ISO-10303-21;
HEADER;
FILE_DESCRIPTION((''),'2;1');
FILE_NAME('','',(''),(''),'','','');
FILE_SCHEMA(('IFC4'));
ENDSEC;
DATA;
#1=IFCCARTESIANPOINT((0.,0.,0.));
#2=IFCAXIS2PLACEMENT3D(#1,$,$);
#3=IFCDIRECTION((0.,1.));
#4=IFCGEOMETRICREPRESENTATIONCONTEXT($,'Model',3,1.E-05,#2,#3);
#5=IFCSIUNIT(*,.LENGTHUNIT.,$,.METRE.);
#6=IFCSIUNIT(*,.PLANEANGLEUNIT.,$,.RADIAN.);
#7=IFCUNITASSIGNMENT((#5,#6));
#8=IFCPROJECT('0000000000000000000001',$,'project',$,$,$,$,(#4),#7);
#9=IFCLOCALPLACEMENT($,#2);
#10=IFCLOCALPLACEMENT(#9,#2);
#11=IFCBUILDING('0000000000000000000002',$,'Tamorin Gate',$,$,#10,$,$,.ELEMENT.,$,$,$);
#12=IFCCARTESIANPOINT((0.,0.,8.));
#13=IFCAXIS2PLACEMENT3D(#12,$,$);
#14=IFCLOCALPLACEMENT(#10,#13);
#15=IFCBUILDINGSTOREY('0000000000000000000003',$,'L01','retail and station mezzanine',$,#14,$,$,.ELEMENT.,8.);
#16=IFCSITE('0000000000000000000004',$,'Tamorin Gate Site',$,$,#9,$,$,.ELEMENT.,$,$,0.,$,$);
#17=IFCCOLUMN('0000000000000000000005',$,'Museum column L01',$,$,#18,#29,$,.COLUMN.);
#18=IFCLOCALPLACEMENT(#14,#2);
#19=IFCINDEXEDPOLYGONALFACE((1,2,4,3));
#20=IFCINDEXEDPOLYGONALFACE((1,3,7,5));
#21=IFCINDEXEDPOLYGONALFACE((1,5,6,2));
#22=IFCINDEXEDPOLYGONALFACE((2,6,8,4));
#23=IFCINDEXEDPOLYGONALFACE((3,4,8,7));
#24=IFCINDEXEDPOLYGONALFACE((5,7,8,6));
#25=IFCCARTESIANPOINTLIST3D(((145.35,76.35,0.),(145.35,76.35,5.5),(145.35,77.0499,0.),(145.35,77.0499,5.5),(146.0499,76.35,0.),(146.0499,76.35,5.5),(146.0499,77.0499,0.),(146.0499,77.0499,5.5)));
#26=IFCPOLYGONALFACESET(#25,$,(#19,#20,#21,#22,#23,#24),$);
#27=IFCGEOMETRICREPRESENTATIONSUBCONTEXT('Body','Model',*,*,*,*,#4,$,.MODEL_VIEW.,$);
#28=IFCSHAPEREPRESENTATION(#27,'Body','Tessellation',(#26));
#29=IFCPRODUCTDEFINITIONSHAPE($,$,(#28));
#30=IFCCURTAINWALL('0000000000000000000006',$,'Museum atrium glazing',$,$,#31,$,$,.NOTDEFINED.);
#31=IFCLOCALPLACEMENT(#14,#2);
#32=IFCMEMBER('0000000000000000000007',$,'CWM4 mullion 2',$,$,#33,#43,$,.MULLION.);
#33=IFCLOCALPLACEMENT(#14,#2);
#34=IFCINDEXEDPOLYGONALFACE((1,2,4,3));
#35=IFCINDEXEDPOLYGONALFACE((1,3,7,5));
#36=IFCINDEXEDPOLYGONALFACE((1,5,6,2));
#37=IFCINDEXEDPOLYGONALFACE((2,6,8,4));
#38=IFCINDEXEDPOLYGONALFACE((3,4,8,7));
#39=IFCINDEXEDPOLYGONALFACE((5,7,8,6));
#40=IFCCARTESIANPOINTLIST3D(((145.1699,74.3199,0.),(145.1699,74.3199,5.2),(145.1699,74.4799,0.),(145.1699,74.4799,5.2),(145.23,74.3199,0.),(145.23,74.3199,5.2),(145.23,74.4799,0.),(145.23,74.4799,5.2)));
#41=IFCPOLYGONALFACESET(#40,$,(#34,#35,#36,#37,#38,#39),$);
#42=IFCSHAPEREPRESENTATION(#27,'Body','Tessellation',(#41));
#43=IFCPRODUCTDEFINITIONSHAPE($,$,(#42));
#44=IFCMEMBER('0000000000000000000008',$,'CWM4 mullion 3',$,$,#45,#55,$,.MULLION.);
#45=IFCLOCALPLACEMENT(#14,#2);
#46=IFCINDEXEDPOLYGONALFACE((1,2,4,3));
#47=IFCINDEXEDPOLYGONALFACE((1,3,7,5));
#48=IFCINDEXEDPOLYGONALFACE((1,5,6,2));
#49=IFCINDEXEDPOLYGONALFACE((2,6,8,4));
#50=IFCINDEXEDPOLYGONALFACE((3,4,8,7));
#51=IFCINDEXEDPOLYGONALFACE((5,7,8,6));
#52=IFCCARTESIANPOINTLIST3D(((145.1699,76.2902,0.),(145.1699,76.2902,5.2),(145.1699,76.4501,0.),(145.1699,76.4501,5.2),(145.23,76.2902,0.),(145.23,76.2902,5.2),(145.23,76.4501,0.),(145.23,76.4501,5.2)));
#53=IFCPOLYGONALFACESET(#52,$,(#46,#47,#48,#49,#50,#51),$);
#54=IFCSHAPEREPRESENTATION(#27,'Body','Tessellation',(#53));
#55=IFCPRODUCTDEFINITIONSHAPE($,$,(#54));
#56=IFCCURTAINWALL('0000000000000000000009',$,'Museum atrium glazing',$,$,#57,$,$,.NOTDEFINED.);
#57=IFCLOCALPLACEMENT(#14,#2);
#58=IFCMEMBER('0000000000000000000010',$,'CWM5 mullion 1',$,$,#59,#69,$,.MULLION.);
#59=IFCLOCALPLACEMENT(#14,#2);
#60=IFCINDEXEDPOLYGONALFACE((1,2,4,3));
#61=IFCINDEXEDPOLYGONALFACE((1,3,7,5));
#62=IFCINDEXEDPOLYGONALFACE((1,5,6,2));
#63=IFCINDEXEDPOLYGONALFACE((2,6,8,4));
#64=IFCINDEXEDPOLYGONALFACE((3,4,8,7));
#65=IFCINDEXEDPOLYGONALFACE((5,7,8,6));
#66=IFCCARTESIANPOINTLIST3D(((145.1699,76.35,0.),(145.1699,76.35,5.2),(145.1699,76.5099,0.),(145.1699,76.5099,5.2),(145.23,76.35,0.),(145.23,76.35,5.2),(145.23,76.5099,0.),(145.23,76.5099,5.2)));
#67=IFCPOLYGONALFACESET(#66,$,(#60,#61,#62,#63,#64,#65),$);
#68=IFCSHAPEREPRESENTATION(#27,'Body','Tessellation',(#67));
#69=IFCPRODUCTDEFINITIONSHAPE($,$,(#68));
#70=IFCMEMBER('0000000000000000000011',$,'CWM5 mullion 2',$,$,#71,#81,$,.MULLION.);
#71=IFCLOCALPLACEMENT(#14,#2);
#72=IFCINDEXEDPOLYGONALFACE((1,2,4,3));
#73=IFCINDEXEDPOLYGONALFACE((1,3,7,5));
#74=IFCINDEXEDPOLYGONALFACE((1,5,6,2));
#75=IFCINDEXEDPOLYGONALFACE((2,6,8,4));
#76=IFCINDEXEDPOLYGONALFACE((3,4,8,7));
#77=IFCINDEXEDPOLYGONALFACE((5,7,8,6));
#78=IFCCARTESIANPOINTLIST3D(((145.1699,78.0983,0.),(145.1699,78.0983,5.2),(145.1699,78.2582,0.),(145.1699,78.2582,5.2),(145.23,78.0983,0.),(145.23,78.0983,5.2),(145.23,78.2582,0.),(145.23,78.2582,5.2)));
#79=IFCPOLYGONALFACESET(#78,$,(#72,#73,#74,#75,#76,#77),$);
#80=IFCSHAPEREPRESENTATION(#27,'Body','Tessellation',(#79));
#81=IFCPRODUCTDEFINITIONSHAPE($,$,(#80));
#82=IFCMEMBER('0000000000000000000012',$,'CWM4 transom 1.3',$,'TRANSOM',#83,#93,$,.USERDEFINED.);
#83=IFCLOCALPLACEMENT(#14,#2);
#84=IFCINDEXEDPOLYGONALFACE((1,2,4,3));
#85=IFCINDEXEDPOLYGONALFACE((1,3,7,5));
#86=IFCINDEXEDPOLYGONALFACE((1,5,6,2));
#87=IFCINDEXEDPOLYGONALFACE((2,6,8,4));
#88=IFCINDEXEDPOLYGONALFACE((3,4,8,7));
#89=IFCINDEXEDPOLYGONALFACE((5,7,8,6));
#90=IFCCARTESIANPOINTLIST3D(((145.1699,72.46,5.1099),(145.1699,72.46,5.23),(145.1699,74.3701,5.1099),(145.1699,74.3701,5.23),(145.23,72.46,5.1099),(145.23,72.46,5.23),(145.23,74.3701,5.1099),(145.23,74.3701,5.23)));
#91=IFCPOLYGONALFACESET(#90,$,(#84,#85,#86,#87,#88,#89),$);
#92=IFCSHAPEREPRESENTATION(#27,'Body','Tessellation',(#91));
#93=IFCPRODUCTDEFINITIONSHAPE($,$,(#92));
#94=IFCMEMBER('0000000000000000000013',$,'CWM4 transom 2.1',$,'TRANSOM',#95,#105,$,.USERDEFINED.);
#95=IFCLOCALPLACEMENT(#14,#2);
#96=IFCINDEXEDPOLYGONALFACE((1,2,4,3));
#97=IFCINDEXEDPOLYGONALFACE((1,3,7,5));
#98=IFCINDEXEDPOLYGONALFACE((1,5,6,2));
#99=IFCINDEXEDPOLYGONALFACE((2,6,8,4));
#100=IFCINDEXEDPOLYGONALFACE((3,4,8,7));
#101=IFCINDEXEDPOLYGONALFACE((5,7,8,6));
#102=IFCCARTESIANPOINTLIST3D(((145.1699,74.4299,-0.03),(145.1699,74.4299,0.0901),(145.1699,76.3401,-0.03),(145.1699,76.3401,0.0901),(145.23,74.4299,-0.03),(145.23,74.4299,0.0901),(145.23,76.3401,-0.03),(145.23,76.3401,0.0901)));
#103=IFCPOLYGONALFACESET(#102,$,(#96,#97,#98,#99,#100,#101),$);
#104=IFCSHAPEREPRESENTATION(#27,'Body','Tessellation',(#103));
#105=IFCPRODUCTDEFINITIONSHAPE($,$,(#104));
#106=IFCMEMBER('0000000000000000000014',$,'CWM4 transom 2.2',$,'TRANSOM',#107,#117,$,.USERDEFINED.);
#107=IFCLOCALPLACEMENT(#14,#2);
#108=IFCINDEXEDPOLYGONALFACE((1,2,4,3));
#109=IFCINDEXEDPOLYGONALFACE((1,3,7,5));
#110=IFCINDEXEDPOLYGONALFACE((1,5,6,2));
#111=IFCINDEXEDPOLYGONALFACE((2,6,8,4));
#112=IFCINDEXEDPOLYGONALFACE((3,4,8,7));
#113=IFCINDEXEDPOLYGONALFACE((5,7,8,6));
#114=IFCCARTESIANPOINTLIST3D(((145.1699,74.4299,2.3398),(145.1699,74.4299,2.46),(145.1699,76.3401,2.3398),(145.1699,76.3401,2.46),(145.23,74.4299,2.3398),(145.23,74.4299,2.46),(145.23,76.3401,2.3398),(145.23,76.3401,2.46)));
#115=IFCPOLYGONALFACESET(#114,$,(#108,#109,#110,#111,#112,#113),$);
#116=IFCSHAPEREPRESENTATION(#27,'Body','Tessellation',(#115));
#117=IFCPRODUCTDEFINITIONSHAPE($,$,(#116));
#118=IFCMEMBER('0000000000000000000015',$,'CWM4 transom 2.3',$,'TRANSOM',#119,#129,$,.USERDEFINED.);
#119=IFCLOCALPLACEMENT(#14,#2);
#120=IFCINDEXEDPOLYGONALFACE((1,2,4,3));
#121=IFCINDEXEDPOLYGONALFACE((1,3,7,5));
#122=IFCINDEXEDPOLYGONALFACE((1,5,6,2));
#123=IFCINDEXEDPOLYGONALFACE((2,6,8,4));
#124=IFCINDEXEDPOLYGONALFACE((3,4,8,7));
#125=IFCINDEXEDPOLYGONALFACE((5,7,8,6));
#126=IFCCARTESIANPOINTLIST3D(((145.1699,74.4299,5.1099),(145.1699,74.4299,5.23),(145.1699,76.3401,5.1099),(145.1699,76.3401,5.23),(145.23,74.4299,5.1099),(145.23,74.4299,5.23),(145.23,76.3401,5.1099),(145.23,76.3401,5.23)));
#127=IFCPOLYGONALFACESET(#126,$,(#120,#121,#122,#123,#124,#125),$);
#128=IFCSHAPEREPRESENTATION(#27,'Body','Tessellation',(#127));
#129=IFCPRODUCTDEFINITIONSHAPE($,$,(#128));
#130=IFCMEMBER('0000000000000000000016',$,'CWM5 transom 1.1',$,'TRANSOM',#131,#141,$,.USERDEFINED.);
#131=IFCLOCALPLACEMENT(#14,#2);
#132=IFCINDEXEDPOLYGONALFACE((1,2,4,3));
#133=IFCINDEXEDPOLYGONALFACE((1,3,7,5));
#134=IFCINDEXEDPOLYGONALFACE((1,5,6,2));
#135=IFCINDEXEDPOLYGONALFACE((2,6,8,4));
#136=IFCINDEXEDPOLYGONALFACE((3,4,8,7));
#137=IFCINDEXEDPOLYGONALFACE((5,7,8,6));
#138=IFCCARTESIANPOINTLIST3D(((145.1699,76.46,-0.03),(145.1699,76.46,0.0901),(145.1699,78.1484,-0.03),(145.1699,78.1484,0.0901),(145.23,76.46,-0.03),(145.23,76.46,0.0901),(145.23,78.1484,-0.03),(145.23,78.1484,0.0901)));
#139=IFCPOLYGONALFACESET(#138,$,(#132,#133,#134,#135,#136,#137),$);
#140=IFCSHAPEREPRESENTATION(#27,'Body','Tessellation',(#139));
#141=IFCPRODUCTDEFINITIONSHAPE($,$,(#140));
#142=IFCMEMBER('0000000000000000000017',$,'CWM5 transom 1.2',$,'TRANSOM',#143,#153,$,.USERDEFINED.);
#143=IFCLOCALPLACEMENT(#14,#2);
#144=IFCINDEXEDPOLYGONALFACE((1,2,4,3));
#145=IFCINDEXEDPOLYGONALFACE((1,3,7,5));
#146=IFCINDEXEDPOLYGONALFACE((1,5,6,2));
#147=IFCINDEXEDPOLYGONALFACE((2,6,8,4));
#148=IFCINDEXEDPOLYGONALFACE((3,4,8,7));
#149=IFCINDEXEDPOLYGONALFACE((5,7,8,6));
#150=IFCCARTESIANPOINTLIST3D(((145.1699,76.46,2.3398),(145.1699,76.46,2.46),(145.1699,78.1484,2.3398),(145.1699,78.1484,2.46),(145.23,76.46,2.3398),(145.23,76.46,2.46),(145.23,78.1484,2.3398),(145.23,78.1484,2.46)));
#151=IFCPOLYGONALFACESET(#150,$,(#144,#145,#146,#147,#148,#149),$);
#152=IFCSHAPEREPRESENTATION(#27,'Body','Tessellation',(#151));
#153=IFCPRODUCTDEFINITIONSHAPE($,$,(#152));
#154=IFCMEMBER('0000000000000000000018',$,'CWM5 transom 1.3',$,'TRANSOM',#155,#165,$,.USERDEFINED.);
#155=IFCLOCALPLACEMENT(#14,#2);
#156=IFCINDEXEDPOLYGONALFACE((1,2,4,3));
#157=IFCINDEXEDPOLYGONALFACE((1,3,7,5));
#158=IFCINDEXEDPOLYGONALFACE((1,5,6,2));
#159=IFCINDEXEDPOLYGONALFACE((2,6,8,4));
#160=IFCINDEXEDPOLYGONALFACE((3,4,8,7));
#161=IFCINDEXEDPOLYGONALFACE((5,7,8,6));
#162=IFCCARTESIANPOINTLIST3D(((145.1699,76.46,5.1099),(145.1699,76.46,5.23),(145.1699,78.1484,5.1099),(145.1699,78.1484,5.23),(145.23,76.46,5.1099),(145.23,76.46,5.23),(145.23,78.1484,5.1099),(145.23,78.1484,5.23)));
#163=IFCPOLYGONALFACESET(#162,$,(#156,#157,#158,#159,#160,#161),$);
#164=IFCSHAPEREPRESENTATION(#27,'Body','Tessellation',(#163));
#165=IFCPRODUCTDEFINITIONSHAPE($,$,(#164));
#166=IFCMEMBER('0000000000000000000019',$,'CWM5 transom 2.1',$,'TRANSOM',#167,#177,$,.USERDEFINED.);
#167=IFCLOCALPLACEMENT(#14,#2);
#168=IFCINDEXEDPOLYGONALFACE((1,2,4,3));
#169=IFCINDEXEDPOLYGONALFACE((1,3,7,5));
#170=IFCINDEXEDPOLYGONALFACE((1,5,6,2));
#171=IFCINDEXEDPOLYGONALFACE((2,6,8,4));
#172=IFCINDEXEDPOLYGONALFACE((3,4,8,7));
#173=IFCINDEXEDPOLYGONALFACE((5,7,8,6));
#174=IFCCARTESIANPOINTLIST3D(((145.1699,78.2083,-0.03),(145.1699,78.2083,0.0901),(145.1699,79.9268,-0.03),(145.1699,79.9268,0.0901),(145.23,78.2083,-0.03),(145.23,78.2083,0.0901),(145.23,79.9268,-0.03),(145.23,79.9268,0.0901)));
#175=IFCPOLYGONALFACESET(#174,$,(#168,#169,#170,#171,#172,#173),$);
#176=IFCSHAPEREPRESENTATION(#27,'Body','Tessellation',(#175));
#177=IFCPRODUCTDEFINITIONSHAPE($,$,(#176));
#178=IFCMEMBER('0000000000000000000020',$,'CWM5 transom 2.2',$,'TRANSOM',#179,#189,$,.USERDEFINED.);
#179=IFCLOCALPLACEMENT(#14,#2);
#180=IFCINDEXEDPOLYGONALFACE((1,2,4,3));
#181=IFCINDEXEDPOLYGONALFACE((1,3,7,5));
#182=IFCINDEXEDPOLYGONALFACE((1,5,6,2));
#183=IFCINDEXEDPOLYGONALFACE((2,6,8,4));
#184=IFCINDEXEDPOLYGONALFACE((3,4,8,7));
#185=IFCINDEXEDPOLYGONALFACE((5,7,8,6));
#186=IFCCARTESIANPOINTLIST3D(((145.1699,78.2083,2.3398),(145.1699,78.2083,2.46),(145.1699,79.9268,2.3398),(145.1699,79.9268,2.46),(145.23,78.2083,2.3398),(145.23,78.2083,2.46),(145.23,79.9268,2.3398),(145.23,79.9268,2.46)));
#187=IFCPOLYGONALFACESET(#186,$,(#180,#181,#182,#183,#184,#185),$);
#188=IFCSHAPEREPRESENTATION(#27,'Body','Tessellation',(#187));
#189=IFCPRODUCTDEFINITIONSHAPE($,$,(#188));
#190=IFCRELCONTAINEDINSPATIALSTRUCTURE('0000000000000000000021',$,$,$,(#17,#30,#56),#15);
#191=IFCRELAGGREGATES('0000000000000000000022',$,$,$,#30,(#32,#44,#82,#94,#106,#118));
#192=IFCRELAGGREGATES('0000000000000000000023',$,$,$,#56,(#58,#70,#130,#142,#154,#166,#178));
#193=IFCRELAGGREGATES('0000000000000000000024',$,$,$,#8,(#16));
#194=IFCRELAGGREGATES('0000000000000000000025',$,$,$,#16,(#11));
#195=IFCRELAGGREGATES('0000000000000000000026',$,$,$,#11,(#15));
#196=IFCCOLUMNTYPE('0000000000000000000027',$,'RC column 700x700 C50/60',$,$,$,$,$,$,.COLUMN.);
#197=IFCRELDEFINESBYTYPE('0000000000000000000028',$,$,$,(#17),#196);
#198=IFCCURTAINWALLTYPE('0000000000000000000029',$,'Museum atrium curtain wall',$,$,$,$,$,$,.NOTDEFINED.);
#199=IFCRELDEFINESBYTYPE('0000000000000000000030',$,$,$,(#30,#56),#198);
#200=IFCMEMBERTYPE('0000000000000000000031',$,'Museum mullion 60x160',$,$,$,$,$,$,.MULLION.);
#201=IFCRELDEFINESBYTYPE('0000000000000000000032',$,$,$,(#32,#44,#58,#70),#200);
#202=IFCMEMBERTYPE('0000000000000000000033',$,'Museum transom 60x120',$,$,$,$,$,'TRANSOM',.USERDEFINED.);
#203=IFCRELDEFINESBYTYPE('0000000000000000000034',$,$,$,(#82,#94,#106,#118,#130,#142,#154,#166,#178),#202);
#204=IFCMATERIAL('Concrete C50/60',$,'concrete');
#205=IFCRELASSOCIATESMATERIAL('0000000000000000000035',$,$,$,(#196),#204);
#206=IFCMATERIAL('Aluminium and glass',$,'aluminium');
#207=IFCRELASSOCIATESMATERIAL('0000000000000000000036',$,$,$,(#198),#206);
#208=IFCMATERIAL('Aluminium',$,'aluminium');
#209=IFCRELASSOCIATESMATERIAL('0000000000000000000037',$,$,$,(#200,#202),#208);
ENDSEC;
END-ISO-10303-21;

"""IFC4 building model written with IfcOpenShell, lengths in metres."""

from ifc_helpers import new_model, si_unit, direction, frame, origin, origin_2d, place, context, subcontext, project, spatial, rectangle, extrude, material, material_profile, profile_set, type_object, element, aggregate, save


model = new_model("IFC4")

# Units and contexts
model_context = context("Model", 3, precision=1e-05, world=origin(), true_north=direction((0.0, 1.0)))
body_context = subcontext(model_context, "Body", "Model", "MODEL_VIEW")
ifc_project = project(units=[si_unit("LENGTHUNIT", "METRE"), si_unit("PLANEANGLEUNIT", "RADIAN")], contexts=[model_context])

# Site, building, storey
site_placement = place(None, origin())
site = spatial("IfcSite", under=ifc_project, at=site_placement, Name="Tamorin Gate Site", CompositionType="ELEMENT", RefElevation=0.0)
building_placement = place(site_placement, origin())
building = spatial("IfcBuilding", under=site, at=building_placement, Name="Tamorin Gate", CompositionType="ELEMENT")
storey_placement = place(building_placement, frame((0.0, 0.0, 8.0)))
storey = spatial("IfcBuildingStorey", under=building, at=storey_placement, Name="L01", Description="retail and station mezzanine", CompositionType="ELEMENT", Elevation=8.0)

# Column
ifc_material_1 = material(Name="Concrete C50/60", Category="concrete")
ifc_material_profile_1 = material_profile(ifc_material_1, rectangle(XDim=0.7, YDim=0.7, at=origin_2d()), Name="RC 700x700")
ifc_profile_set_1 = profile_set([ifc_material_profile_1], Name="Concrete C50/60")
column_type = type_object("IfcColumnType", Name="RC column 700x700 C50/60", PredefinedType="COLUMN", material=ifc_profile_set_1)
column_placement = place(storey_placement, frame((145.7, 76.7, 0.0), z_axis=(0.0, 0.0, 1.0), x_axis=(1.0, 0.0, 0.0)))
element("IfcColumn", 1, at=column_placement, inside=storey, type_object=column_type, Name="Museum column L01", PredefinedType="COLUMN", context=body_context, shape_type="SweptSolid", body=[
    extrude(rectangle(XDim=0.7, YDim=0.7, at=origin_2d()), origin(), (0.0, 0.0, 1.0), 5.5),
])

# Curtain walls, members
ifc_material_2 = material(Name="Aluminium and glass", Category="aluminium")
curtain_wall_type = type_object("IfcCurtainWallType", Name="Museum atrium curtain wall", PredefinedType="NOTDEFINED", material=ifc_material_2)
curtain_wall_1_placement = place(storey_placement, origin())
curtain_wall_1 = element("IfcCurtainWall", 2, at=curtain_wall_1_placement, inside=storey, type_object=curtain_wall_type, Name="Museum atrium glazing", PredefinedType="NOTDEFINED")
ifc_material_3 = material(Name="Aluminium", Category="aluminium")
ifc_material_profile_2 = material_profile(ifc_material_3, rectangle(XDim=0.0601, YDim=0.1599, at=origin_2d()), Name="RECT 60x160")
ifc_profile_set_2 = profile_set([ifc_material_profile_2], Name="Aluminium")
member_type_1 = type_object("IfcMemberType", Name="Museum mullion 60x160", PredefinedType="MULLION", material=ifc_profile_set_2)
member_1_placement = place(storey_placement, frame((145.2, 74.3999, 0.0), z_axis=(0.0, 0.0, 1.0), x_axis=(-1.0, 0.0, 0.0)))
member_1 = element("IfcMember", 3, at=member_1_placement, type_object=member_type_1, Name="CWM4 mullion 2", PredefinedType="MULLION", context=body_context, shape_type="SweptSolid", body=[
    extrude(rectangle(XDim=0.0601, YDim=0.1599, at=origin_2d()), origin(), (0.0, 0.0, 1.0), 5.2),
])
member_2_placement = place(storey_placement, frame((145.2, 76.3701, 0.0), z_axis=(0.0, 0.0, 1.0), x_axis=(-1.0, 0.0, 0.0)))
member_2 = element("IfcMember", 4, at=member_2_placement, type_object=member_type_1, Name="CWM4 mullion 3", PredefinedType="MULLION", context=body_context, shape_type="SweptSolid", body=[
    extrude(rectangle(XDim=0.0601, YDim=0.1599, at=origin_2d()), origin(), (0.0, 0.0, 1.0), 5.2),
])
curtain_wall_2_placement = place(storey_placement, origin())
curtain_wall_2 = element("IfcCurtainWall", 5, at=curtain_wall_2_placement, inside=storey, type_object=curtain_wall_type, Name="Museum atrium glazing", PredefinedType="NOTDEFINED")
member_3_placement = place(storey_placement, frame((145.2, 76.4299, 0.0), z_axis=(0.0, 0.0, 1.0), x_axis=(-1.0, 0.0, 0.0)))
member_3 = element("IfcMember", 6, at=member_3_placement, type_object=member_type_1, Name="CWM5 mullion 1", PredefinedType="MULLION", context=body_context, shape_type="SweptSolid", body=[
    extrude(rectangle(XDim=0.0601, YDim=0.1599, at=origin_2d()), origin(), (0.0, 0.0, 1.0), 5.2),
])
member_4_placement = place(storey_placement, frame((145.2, 78.1782, 0.0), z_axis=(0.0, 0.0, 1.0), x_axis=(-1.0, 0.0, 0.0)))
member_4 = element("IfcMember", 7, at=member_4_placement, type_object=member_type_1, Name="CWM5 mullion 2", PredefinedType="MULLION", context=body_context, shape_type="SweptSolid", body=[
    extrude(rectangle(XDim=0.0601, YDim=0.1599, at=origin_2d()), origin(), (0.0, 0.0, 1.0), 5.2),
])

# Members
ifc_material_profile_3 = material_profile(ifc_material_3, rectangle(XDim=0.0601, YDim=0.1201, at=origin_2d()), Name="RECT 60x120")
ifc_profile_set_3 = profile_set([ifc_material_profile_3], Name="Aluminium")
member_type_2 = type_object("IfcMemberType", Name="Museum transom 60x120", ElementType="TRANSOM", PredefinedType="USERDEFINED", material=ifc_profile_set_3)
member_5_placement = place(storey_placement, frame((145.2, 72.46, 5.1699), z_axis=(0.0, 1.0, 0.0), x_axis=(-1.0, 0.0, 0.0)))
member_5 = element("IfcMember", 8, at=member_5_placement, type_object=member_type_2, Name="CWM4 transom 1.3", ObjectType="TRANSOM", PredefinedType="USERDEFINED", context=body_context, shape_type="SweptSolid", body=[
    extrude(rectangle(XDim=0.0601, YDim=0.1201, at=origin_2d()), origin(), (0.0, 0.0, 1.0), 1.9102),
])
member_6_placement = place(storey_placement, frame((145.2, 74.4299, 0.03), z_axis=(0.0, 1.0, 0.0), x_axis=(-1.0, 0.0, 0.0)))
member_6 = element("IfcMember", 9, at=member_6_placement, type_object=member_type_2, Name="CWM4 transom 2.1", ObjectType="TRANSOM", PredefinedType="USERDEFINED", context=body_context, shape_type="SweptSolid", body=[
    extrude(rectangle(XDim=0.0601, YDim=0.1201, at=origin_2d()), origin(), (0.0, 0.0, 1.0), 1.9102),
])
member_7_placement = place(storey_placement, frame((145.2, 74.4299, 2.3999), z_axis=(0.0, 1.0, 0.0), x_axis=(-1.0, 0.0, 0.0)))
member_7 = element("IfcMember", 10, at=member_7_placement, type_object=member_type_2, Name="CWM4 transom 2.2", ObjectType="TRANSOM", PredefinedType="USERDEFINED", context=body_context, shape_type="SweptSolid", body=[
    extrude(rectangle(XDim=0.0601, YDim=0.1201, at=origin_2d()), origin(), (0.0, 0.0, 1.0), 1.9102),
])
member_8_placement = place(storey_placement, frame((145.2, 74.4299, 5.1699), z_axis=(0.0, 1.0, 0.0), x_axis=(-1.0, 0.0, 0.0)))
member_8 = element("IfcMember", 11, at=member_8_placement, type_object=member_type_2, Name="CWM4 transom 2.3", ObjectType="TRANSOM", PredefinedType="USERDEFINED", context=body_context, shape_type="SweptSolid", body=[
    extrude(rectangle(XDim=0.0601, YDim=0.1201, at=origin_2d()), origin(), (0.0, 0.0, 1.0), 1.9102),
])
member_9_placement = place(storey_placement, frame((145.2, 76.46, 0.03), z_axis=(0.0, 1.0, 0.0), x_axis=(-1.0, 0.0, 0.0)))
member_9 = element("IfcMember", 12, at=member_9_placement, type_object=member_type_2, Name="CWM5 transom 1.1", ObjectType="TRANSOM", PredefinedType="USERDEFINED", context=body_context, shape_type="SweptSolid", body=[
    extrude(rectangle(XDim=0.0601, YDim=0.1201, at=origin_2d()), origin(), (0.0, 0.0, 1.0), 1.6885),
])
member_10_placement = place(storey_placement, frame((145.2, 76.46, 2.3999), z_axis=(0.0, 1.0, 0.0), x_axis=(-1.0, 0.0, 0.0)))
member_10 = element("IfcMember", 13, at=member_10_placement, type_object=member_type_2, Name="CWM5 transom 1.2", ObjectType="TRANSOM", PredefinedType="USERDEFINED", context=body_context, shape_type="SweptSolid", body=[
    extrude(rectangle(XDim=0.0601, YDim=0.1201, at=origin_2d()), origin(), (0.0, 0.0, 1.0), 1.6885),
])
member_11_placement = place(storey_placement, frame((145.2, 76.46, 5.1699), z_axis=(0.0, 1.0, 0.0), x_axis=(-1.0, 0.0, 0.0)))
member_11 = element("IfcMember", 14, at=member_11_placement, type_object=member_type_2, Name="CWM5 transom 1.3", ObjectType="TRANSOM", PredefinedType="USERDEFINED", context=body_context, shape_type="SweptSolid", body=[
    extrude(rectangle(XDim=0.0601, YDim=0.1201, at=origin_2d()), origin(), (0.0, 0.0, 1.0), 1.6885),
])
member_12_placement = place(storey_placement, frame((145.2, 78.2083, 0.03), z_axis=(0.0, 1.0, 0.0), x_axis=(-1.0, 0.0, 0.0)))
member_12 = element("IfcMember", 15, at=member_12_placement, type_object=member_type_2, Name="CWM5 transom 2.1", ObjectType="TRANSOM", PredefinedType="USERDEFINED", context=body_context, shape_type="SweptSolid", body=[
    extrude(rectangle(XDim=0.0601, YDim=0.1201, at=origin_2d()), origin(), (0.0, 0.0, 1.0), 1.7185),
])
member_13_placement = place(storey_placement, frame((145.2, 78.2083, 2.3999), z_axis=(0.0, 1.0, 0.0), x_axis=(-1.0, 0.0, 0.0)))
member_13 = element("IfcMember", 16, at=member_13_placement, type_object=member_type_2, Name="CWM5 transom 2.2", ObjectType="TRANSOM", PredefinedType="USERDEFINED", context=body_context, shape_type="SweptSolid", body=[
    extrude(rectangle(XDim=0.0601, YDim=0.1201, at=origin_2d()), origin(), (0.0, 0.0, 1.0), 1.7185),
])

aggregate(curtain_wall_1, [member_1, member_2, member_5, member_6, member_7, member_8])
aggregate(curtain_wall_2, [member_3, member_4, member_9, member_10, member_11, member_12, member_13])

save(model, "model.ifc")
